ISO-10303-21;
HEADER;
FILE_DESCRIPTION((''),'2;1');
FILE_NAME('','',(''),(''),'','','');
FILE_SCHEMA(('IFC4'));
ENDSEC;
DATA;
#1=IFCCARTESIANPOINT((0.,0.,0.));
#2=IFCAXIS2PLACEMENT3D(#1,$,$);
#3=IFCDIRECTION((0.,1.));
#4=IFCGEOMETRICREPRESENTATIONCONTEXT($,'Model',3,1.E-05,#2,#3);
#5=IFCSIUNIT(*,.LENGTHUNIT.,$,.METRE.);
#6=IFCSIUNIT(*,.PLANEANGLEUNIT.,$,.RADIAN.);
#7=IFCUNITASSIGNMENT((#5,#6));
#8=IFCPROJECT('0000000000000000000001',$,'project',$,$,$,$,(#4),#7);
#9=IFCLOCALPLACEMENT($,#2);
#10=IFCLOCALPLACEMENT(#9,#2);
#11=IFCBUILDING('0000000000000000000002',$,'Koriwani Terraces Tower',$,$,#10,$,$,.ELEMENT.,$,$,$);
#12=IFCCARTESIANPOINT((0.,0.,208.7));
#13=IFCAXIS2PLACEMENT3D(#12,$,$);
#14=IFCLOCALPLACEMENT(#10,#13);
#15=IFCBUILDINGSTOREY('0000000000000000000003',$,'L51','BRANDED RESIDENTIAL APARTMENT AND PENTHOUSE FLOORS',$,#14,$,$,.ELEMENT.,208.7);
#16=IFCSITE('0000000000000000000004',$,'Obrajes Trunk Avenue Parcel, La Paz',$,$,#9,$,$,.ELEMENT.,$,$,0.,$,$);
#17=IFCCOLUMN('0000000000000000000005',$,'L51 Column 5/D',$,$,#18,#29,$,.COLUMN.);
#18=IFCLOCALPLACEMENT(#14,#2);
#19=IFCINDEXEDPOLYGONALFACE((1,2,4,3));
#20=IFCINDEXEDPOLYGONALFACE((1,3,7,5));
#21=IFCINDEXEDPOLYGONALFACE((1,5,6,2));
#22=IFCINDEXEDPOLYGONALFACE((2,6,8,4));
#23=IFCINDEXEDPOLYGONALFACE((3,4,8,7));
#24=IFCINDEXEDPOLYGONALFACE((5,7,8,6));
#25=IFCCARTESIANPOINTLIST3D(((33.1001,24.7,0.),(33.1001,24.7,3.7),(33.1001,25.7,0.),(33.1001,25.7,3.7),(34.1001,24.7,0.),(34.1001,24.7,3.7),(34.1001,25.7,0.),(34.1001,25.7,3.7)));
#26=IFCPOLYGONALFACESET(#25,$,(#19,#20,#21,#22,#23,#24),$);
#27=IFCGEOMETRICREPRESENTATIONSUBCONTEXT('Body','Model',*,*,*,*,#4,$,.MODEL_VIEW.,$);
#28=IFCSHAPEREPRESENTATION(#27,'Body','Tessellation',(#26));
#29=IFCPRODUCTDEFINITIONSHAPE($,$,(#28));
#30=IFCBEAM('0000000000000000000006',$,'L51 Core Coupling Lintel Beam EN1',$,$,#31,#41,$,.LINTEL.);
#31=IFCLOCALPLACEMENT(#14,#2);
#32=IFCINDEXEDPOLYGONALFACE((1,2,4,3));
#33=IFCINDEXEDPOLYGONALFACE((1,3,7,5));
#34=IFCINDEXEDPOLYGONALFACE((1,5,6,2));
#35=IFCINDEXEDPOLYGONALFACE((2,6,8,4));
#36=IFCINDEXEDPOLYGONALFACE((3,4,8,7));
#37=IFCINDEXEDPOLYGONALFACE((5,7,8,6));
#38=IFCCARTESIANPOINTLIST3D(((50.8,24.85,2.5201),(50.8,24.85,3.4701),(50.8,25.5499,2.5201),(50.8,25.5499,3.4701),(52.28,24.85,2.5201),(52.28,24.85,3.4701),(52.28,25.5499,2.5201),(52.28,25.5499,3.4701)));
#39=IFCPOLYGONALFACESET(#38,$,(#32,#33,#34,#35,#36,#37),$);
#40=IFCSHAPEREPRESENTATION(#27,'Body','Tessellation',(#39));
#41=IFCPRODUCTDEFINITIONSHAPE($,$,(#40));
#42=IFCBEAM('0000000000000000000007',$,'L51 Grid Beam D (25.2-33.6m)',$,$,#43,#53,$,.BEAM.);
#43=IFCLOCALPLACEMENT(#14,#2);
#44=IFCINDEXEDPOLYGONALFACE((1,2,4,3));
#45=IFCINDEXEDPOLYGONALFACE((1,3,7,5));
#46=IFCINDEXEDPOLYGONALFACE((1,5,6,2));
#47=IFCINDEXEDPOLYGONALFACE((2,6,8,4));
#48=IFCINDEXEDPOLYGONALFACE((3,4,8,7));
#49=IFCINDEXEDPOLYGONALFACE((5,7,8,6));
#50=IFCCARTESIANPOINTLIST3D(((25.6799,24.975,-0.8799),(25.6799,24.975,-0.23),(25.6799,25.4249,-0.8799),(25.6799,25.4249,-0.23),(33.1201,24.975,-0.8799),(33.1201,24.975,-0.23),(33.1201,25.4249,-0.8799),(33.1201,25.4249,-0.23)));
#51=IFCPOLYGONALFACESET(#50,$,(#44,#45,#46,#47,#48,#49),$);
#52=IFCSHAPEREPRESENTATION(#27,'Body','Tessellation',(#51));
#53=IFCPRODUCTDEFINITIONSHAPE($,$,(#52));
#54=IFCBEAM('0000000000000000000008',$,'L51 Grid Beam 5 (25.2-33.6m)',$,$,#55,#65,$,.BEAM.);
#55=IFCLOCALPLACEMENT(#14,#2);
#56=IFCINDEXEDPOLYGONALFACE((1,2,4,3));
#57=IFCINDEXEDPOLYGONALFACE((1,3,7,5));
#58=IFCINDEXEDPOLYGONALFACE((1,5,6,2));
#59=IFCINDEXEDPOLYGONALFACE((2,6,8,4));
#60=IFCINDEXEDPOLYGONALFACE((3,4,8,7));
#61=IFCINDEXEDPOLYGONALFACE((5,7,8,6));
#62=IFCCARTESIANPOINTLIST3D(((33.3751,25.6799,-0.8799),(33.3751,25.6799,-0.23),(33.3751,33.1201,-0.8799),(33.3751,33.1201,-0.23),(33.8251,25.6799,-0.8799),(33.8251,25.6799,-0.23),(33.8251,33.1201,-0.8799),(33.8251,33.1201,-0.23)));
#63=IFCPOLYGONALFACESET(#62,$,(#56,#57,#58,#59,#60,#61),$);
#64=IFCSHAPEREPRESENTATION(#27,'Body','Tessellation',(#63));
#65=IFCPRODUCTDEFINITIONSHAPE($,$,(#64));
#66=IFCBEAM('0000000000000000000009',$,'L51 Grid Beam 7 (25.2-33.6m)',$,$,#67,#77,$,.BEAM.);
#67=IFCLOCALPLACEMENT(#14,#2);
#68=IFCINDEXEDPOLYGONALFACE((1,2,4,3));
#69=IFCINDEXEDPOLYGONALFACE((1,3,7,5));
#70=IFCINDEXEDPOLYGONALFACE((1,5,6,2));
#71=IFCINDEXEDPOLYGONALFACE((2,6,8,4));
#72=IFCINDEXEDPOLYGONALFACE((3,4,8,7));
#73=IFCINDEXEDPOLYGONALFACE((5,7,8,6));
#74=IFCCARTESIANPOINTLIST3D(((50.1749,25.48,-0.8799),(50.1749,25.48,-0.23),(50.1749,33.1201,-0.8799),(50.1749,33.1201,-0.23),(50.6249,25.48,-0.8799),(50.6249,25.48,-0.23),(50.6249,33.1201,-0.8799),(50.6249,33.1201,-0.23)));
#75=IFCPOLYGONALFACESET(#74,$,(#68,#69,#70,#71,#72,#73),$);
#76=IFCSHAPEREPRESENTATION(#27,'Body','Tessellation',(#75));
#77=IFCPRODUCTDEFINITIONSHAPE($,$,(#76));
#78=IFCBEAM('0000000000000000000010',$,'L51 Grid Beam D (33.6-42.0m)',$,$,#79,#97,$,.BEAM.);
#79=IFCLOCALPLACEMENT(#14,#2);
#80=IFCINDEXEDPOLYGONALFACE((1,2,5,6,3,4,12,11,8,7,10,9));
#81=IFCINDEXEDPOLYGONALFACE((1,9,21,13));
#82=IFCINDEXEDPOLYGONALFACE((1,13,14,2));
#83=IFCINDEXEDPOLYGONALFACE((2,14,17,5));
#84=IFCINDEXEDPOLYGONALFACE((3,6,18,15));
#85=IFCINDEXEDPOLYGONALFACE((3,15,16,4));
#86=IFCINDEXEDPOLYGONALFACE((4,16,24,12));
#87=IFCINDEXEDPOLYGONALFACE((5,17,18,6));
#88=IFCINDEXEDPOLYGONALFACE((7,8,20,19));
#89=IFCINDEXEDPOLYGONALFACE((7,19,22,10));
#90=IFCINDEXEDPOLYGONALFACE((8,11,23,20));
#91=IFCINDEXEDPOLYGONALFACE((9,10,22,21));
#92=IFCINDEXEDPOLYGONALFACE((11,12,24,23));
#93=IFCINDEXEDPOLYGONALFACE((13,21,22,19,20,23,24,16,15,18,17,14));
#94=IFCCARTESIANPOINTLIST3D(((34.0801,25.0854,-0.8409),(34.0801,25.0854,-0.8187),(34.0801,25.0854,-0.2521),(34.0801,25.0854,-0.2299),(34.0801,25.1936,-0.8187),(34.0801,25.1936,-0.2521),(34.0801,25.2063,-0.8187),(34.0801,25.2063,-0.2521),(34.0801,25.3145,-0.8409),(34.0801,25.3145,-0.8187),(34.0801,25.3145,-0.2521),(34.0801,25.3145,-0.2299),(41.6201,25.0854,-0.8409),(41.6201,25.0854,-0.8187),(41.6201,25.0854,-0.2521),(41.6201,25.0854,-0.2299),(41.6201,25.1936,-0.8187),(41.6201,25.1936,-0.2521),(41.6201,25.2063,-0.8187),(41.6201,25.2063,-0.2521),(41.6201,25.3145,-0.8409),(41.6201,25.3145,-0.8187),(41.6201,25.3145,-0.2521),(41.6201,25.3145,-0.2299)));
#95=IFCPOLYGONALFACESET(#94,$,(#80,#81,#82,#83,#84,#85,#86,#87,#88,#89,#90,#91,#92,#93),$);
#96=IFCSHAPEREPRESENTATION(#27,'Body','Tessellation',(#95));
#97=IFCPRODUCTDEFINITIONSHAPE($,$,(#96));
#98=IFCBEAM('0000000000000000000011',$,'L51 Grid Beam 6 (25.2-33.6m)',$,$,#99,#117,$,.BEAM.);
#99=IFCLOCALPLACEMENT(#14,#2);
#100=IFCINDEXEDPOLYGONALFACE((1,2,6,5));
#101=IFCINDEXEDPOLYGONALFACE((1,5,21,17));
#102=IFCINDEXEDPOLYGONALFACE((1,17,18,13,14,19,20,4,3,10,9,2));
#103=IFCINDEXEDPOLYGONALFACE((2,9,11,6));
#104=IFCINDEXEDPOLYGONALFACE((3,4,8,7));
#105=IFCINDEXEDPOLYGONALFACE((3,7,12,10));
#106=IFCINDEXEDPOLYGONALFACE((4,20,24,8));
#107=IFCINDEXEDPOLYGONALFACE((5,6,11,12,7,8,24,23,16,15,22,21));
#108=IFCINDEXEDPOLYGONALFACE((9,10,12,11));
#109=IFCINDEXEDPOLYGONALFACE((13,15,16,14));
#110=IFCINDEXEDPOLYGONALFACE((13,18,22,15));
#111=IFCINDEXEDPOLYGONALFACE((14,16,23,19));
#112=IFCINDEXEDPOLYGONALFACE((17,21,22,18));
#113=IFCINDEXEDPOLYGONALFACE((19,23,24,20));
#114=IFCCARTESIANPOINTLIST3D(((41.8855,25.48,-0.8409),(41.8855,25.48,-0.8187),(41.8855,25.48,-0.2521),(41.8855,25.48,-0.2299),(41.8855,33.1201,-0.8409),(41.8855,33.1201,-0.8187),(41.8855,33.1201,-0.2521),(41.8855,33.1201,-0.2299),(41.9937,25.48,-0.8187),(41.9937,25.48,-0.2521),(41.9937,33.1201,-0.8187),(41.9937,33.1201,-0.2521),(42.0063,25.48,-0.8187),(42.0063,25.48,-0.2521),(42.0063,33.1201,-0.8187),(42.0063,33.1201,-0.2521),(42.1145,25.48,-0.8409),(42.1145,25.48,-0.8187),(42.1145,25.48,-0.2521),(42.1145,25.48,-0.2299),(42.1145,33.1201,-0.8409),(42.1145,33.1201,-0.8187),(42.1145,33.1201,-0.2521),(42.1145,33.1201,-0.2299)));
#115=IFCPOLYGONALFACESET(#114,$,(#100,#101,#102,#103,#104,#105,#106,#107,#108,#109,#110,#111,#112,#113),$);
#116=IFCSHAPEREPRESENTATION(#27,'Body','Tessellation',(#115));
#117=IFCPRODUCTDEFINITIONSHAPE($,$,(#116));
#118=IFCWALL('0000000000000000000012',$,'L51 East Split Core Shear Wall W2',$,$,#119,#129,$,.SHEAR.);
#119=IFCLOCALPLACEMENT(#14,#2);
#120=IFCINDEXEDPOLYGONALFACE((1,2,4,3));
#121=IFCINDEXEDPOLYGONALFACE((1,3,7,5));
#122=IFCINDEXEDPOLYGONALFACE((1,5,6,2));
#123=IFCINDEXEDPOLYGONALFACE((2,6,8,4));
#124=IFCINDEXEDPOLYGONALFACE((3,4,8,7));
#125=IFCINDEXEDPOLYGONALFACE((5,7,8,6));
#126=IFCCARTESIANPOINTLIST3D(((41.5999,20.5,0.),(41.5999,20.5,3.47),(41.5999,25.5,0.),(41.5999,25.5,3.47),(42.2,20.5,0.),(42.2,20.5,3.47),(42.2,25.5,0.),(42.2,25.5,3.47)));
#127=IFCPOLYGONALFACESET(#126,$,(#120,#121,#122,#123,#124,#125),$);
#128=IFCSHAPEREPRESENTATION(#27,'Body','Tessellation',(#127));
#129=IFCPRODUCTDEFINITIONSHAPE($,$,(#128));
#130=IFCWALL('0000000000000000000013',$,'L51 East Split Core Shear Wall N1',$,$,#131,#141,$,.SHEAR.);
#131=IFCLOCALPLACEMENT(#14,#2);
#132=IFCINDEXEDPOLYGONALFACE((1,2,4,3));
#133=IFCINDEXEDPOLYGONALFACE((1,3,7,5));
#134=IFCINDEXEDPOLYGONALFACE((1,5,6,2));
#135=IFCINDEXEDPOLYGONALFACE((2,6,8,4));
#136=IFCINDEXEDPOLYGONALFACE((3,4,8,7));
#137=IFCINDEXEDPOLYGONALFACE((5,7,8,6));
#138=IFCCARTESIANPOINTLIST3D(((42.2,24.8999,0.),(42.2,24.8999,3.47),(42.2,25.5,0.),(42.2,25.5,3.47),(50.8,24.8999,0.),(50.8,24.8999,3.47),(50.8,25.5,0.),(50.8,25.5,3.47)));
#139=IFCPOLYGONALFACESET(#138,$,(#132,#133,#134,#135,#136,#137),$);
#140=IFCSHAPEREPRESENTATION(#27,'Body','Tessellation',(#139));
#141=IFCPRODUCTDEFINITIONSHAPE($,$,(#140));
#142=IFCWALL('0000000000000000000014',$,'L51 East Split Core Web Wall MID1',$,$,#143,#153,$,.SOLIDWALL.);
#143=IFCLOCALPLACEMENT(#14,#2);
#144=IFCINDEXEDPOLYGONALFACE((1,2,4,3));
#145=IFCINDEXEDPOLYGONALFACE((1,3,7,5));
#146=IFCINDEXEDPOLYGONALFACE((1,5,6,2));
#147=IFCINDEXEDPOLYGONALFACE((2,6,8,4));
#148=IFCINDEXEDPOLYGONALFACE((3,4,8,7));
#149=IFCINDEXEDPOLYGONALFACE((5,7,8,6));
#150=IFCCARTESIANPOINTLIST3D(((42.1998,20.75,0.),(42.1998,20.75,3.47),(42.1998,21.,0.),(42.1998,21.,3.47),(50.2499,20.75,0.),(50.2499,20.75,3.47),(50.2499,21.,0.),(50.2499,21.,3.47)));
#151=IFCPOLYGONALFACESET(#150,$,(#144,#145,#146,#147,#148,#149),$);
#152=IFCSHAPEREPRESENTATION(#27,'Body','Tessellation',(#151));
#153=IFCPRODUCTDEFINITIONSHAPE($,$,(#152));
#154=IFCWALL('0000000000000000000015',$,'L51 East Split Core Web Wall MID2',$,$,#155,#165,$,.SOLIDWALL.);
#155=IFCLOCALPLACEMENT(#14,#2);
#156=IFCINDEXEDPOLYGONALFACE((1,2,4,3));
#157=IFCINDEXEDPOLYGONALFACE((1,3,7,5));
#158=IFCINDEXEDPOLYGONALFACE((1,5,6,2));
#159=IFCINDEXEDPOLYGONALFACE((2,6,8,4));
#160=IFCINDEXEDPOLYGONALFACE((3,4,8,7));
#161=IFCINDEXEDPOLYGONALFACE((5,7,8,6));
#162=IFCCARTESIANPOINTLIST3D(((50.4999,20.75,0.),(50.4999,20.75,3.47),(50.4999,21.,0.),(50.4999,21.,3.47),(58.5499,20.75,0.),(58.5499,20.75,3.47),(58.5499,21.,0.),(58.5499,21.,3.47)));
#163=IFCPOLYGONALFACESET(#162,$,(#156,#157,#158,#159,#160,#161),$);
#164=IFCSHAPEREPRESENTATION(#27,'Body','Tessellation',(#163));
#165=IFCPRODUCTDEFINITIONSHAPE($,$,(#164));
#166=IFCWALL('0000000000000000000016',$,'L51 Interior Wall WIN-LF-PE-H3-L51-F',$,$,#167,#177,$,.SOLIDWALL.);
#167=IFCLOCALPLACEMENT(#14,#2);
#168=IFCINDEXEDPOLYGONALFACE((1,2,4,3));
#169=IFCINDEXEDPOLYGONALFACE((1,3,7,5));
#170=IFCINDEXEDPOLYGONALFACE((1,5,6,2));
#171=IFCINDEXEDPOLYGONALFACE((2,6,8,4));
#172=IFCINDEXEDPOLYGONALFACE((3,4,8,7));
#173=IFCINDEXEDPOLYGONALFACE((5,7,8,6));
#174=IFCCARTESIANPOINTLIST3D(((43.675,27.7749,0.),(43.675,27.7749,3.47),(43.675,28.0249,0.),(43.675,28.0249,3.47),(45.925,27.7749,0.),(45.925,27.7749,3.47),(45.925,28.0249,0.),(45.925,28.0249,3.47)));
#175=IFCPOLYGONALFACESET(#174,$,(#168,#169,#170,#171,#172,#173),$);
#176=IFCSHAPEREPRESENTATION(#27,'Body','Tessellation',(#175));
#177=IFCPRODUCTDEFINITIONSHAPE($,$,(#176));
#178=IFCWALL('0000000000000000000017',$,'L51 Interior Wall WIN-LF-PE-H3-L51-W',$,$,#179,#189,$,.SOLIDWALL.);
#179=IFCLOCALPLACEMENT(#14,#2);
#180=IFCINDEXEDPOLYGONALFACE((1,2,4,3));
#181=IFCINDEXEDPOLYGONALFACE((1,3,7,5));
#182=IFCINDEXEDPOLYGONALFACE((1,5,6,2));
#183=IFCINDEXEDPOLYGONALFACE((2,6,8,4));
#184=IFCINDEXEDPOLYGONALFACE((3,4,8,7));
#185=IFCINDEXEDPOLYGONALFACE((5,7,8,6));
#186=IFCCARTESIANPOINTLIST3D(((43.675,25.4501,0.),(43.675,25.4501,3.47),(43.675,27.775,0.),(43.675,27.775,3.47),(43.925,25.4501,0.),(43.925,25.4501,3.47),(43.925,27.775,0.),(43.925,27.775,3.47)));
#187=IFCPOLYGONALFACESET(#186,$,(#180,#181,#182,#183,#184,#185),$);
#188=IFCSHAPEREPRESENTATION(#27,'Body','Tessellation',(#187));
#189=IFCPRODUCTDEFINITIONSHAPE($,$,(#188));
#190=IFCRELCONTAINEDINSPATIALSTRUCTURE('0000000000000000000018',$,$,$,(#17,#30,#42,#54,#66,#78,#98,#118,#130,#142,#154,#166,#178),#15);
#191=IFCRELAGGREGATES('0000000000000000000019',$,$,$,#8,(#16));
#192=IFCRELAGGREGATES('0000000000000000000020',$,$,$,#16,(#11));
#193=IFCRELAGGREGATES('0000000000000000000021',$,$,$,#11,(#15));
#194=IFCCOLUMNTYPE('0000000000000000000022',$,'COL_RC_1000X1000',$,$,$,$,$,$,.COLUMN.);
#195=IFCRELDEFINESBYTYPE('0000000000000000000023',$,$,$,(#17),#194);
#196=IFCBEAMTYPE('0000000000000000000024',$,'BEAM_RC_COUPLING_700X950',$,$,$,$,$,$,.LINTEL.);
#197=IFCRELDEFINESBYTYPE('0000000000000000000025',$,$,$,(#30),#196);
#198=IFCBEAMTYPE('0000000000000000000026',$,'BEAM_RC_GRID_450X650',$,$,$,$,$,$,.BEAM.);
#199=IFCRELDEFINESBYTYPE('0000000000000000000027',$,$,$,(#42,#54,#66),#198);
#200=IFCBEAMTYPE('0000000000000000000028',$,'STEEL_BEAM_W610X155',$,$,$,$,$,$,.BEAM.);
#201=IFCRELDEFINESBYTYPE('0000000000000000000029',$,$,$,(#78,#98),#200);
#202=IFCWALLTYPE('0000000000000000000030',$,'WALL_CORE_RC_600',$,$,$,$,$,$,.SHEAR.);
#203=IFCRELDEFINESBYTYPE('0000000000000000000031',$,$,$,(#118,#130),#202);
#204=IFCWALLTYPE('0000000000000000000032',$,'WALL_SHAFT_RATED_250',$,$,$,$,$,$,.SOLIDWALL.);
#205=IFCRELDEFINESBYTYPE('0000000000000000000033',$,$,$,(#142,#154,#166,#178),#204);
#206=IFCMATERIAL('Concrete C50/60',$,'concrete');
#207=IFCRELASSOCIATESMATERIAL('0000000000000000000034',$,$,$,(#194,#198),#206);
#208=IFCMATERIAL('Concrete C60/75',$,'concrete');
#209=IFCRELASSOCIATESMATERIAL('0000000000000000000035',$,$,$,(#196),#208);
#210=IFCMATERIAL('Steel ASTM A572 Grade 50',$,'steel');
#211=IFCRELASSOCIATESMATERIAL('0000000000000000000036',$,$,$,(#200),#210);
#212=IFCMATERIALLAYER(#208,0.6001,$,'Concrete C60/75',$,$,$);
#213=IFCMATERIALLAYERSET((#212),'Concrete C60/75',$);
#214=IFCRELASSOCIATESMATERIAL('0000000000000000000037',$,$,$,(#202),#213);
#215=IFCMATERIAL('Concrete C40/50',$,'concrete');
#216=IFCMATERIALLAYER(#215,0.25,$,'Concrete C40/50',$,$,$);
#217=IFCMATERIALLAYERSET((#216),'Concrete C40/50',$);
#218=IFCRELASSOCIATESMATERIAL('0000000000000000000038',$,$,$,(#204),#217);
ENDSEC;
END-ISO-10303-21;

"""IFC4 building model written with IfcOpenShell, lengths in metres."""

from ifc_helpers import new_model, si_unit, direction, frame, frame_2d, origin, origin_2d, place, context, subcontext, project, spatial, rectangle, i_section, extrude, material, layer, layer_set, material_profile, profile_set, type_object, element, save


model = new_model("IFC4")

# Units and contexts
model_context = context("Model", 3, precision=1e-05, world=origin(), true_north=direction((0.0, 1.0)))
body_context = subcontext(model_context, "Body", "Model", "MODEL_VIEW")
ifc_project = project(units=[si_unit("LENGTHUNIT", "METRE"), si_unit("PLANEANGLEUNIT", "RADIAN")], contexts=[model_context])

# Site, building, storey
site_placement = place(None, origin())
site = spatial("IfcSite", under=ifc_project, at=site_placement, Name="Obrajes Trunk Avenue Parcel, La Paz", CompositionType="ELEMENT", RefElevation=0.0)
building_placement = place(site_placement, origin())
building = spatial("IfcBuilding", under=site, at=building_placement, Name="Koriwani Terraces Tower", CompositionType="ELEMENT")
storey_placement = place(building_placement, frame((0.0, 0.0, 208.7)))
storey = spatial("IfcBuildingStorey", under=building, at=storey_placement, Name="L51", Description="BRANDED RESIDENTIAL APARTMENT AND PENTHOUSE FLOORS", CompositionType="ELEMENT", Elevation=208.7)

# Column
ifc_material_1 = material(Name="Concrete C50/60", Category="concrete")
ifc_material_profile_1 = material_profile(ifc_material_1, rectangle(XDim=1.0, YDim=1.0, at=origin_2d()), Name="Concrete C50/60", Category="LoadBearing")
ifc_profile_set_1 = profile_set([ifc_material_profile_1], Name="Concrete C50/60")
column_type = type_object("IfcColumnType", Name="COL_RC_1000X1000", PredefinedType="COLUMN", material=ifc_profile_set_1)
column_placement = place(storey_placement, frame((33.6001, 25.2, 0.0), z_axis=(0.0, 0.0, 1.0), x_axis=(1.0, 0.0, 0.0)))
element("IfcColumn", 1, at=column_placement, inside=storey, type_object=column_type, Name="L51 Column 5/D", PredefinedType="COLUMN", context=body_context, shape_type="SweptSolid", body=[
    extrude(rectangle(XDim=1.0, YDim=1.0, at=origin_2d()), origin(), (0.0, 0.0, 1.0), 3.7),
])

# Beams
ifc_material_2 = material(Name="Concrete C60/75", Category="concrete")
ifc_material_profile_2 = material_profile(ifc_material_2, rectangle(XDim=0.7, YDim=0.95, at=origin_2d()), Name="Concrete C60/75", Category="LoadBearing")
ifc_profile_set_2 = profile_set([ifc_material_profile_2], Name="Concrete C60/75")
beam_type_1 = type_object("IfcBeamType", Name="BEAM_RC_COUPLING_700X950", PredefinedType="LINTEL", material=ifc_profile_set_2)
beam_1_placement = place(storey_placement, frame((50.8, 25.2, 2.9951), z_axis=(1.0, 0.0, 0.0), x_axis=(0.0, 1.0, 0.0)))
element("IfcBeam", 2, at=beam_1_placement, inside=storey, type_object=beam_type_1, Name="L51 Core Coupling Lintel Beam EN1", PredefinedType="LINTEL", context=body_context, shape_type="SweptSolid", body=[
    extrude(rectangle(XDim=0.7, YDim=0.95, at=origin_2d()), origin(), (0.0, 0.0, 1.0), 1.48),
])
ifc_material_profile_3 = material_profile(ifc_material_1, rectangle(XDim=0.45, YDim=0.6499, at=origin_2d()), Name="Concrete C50/60", Category="LoadBearing")
ifc_profile_set_3 = profile_set([ifc_material_profile_3], Name="Concrete C50/60")
beam_type_2 = type_object("IfcBeamType", Name="BEAM_RC_GRID_450X650", PredefinedType="BEAM", material=ifc_profile_set_3)
for number, where, z_axis, x_axis, name in (
    (3, (25.6799, 25.2, -0.5549), (1.0, 0.0, 0.0), (0.0, 1.0, 0.0), "L51 Grid Beam D (25.2-33.6m)"),
    (4, (33.6001, 25.6799, -0.5549), (0.0, 1.0, 0.0), (-1.0, 0.0, 0.0), "L51 Grid Beam 5 (25.2-33.6m)"),
):
    element("IfcBeam", number, at=place(storey_placement, frame(where, z_axis=z_axis, x_axis=x_axis)), inside=storey, type_object=beam_type_2, Name=name, PredefinedType="BEAM", context=body_context, shape_type="SweptSolid", body=[
        extrude(rectangle(XDim=0.45, YDim=0.6499, at=origin_2d()), origin(), (0.0, 0.0, 1.0), 7.4402),
    ])
beam_2_placement = place(storey_placement, frame((50.3999, 25.48, -0.5549), z_axis=(0.0, 1.0, 0.0), x_axis=(-1.0, 0.0, 0.0)))
element("IfcBeam", 5, at=beam_2_placement, inside=storey, type_object=beam_type_2, Name="L51 Grid Beam 7 (25.2-33.6m)", PredefinedType="BEAM", context=body_context, shape_type="SweptSolid", body=[
    extrude(rectangle(XDim=0.45, YDim=0.6499, at=origin_2d()), origin(), (0.0, 0.0, 1.0), 7.6401),
])
ifc_material_3 = material(Name="Steel ASTM A572 Grade 50", Category="steel")
ifc_material_profile_4 = material_profile(ifc_material_3, i_section(OverallWidth=0.229, OverallDepth=0.6111, WebThickness=0.0127, FlangeThickness=0.0222, at=origin_2d()), Name="Steel ASTM A572 Grade 50", Category="LoadBearing")
ifc_profile_set_4 = profile_set([ifc_material_profile_4], Name="Steel ASTM A572 Grade 50")
beam_type_3 = type_object("IfcBeamType", Name="STEEL_BEAM_W610X155", PredefinedType="BEAM", material=ifc_profile_set_4)
beam_3_placement = place(storey_placement, frame((34.0801, 25.2, -0.5354), z_axis=(1.0, 0.0, 0.0), x_axis=(0.0, 1.0, 0.0)))
element("IfcBeam", 6, at=beam_3_placement, inside=storey, type_object=beam_type_3, Name="L51 Grid Beam D (33.6-42.0m)", PredefinedType="BEAM", context=body_context, shape_type="SweptSolid", body=[
    extrude(i_section(OverallWidth=0.229, OverallDepth=0.6111, WebThickness=0.0127, FlangeThickness=0.0222, at=origin_2d()), origin(), (0.0, 0.0, 1.0), 7.54),
])
beam_4_placement = place(storey_placement, frame((42.0, 25.48, -0.5354), z_axis=(0.0, 1.0, 0.0), x_axis=(-1.0, 0.0, 0.0)))
element("IfcBeam", 7, at=beam_4_placement, inside=storey, type_object=beam_type_3, Name="L51 Grid Beam 6 (25.2-33.6m)", PredefinedType="BEAM", context=body_context, shape_type="SweptSolid", body=[
    extrude(i_section(OverallWidth=0.229, OverallDepth=0.6111, WebThickness=0.0127, FlangeThickness=0.0222, at=origin_2d()), origin(), (0.0, 0.0, 1.0), 7.6401),
])

# Walls
ifc_layer_1 = layer(ifc_material_2, 0.6001, Name="Concrete C60/75")
ifc_layer_set_1 = layer_set([ifc_layer_1], Name="Concrete C60/75")
wall_type_1 = type_object("IfcWallType", Name="WALL_CORE_RC_600", PredefinedType="SHEAR", material=ifc_layer_set_1)
wall_1_placement = place(storey_placement, frame((41.8999, 20.5, 0.0), z_axis=(0.0, 0.0, 1.0), x_axis=(0.0, 1.0, 0.0)))
element("IfcWall", 8, at=wall_1_placement, inside=storey, type_object=wall_type_1, Name="L51 East Split Core Shear Wall W2", PredefinedType="SHEAR", context=body_context, shape_type="SweptSolid", body=[
    extrude(rectangle(XDim=5.0, YDim=0.6001, at=frame_2d((2.5, 0.0))), origin(), (0.0, 0.0, 1.0), 3.47),
])
wall_2_placement = place(storey_placement, frame((42.2, 25.2, 0.0), z_axis=(0.0, 0.0, 1.0), x_axis=(1.0, 0.0, 0.0)))
element("IfcWall", 9, at=wall_2_placement, inside=storey, type_object=wall_type_1, Name="L51 East Split Core Shear Wall N1", PredefinedType="SHEAR", context=body_context, shape_type="SweptSolid", body=[
    extrude(rectangle(XDim=8.6001, YDim=0.6001, at=frame_2d((4.3, 0.0))), origin(), (0.0, 0.0, 1.0), 3.47),
])
ifc_material_4 = material(Name="Concrete C40/50", Category="concrete")
ifc_layer_2 = layer(ifc_material_4, 0.25, Name="Concrete C40/50")
ifc_layer_set_2 = layer_set([ifc_layer_2], Name="Concrete C40/50")
wall_type_2 = type_object("IfcWallType", Name="WALL_SHAFT_RATED_250", PredefinedType="SOLIDWALL", material=ifc_layer_set_2)
for number, where, z_axis, x_axis, name in (
    (10, (42.2, 20.875, 0.0), (0.0, 0.0, 1.0), (1.0, 0.0, 0.0), "L51 East Split Core Web Wall MID1"),
    (11, (50.5, 20.875, 0.0), (0.0, 0.0, 1.0), (1.0, 0.0, 0.0), "L51 East Split Core Web Wall MID2"),
):
    element("IfcWall", number, at=place(storey_placement, frame(where, z_axis=z_axis, x_axis=x_axis)), inside=storey, type_object=wall_type_2, Name=name, PredefinedType="SOLIDWALL", context=body_context, shape_type="SweptSolid", body=[
        extrude(rectangle(XDim=8.05, YDim=0.25, at=frame_2d((4.0249, 0.0))), origin(), (0.0, 0.0, 1.0), 3.47),
    ])

# Walls
wall_3_placement = place(storey_placement, frame((43.675, 27.8999, 0.0), z_axis=(0.0, 0.0, 1.0), x_axis=(1.0, 0.0, 0.0)))
element("IfcWall", 12, at=wall_3_placement, inside=storey, type_object=wall_type_2, Name="L51 Interior Wall WIN-LF-PE-H3-L51-F", PredefinedType="SOLIDWALL", context=body_context, shape_type="SweptSolid", body=[
    extrude(rectangle(XDim=2.25, YDim=0.25, at=frame_2d((1.125, 0.0))), origin(), (0.0, 0.0, 1.0), 3.47),
])
for number, where, z_axis, x_axis, name in (
    (13, (43.8, 25.45, 0.0), (0.0, 0.0, 1.0), (0.0, 1.0, 0.0), "L51 Interior Wall WIN-LF-PE-H3-L51-W"),
):
    element("IfcWall", number, at=place(storey_placement, frame(where, z_axis=z_axis, x_axis=x_axis)), inside=storey, type_object=wall_type_2, Name=name, PredefinedType="SOLIDWALL", context=body_context, shape_type="SweptSolid", body=[
        extrude(rectangle(XDim=2.325, YDim=0.25, at=frame_2d((1.1626, 0.0))), origin(), (0.0, 0.0, 1.0), 3.47),
    ])

save(model, "model.ifc")
